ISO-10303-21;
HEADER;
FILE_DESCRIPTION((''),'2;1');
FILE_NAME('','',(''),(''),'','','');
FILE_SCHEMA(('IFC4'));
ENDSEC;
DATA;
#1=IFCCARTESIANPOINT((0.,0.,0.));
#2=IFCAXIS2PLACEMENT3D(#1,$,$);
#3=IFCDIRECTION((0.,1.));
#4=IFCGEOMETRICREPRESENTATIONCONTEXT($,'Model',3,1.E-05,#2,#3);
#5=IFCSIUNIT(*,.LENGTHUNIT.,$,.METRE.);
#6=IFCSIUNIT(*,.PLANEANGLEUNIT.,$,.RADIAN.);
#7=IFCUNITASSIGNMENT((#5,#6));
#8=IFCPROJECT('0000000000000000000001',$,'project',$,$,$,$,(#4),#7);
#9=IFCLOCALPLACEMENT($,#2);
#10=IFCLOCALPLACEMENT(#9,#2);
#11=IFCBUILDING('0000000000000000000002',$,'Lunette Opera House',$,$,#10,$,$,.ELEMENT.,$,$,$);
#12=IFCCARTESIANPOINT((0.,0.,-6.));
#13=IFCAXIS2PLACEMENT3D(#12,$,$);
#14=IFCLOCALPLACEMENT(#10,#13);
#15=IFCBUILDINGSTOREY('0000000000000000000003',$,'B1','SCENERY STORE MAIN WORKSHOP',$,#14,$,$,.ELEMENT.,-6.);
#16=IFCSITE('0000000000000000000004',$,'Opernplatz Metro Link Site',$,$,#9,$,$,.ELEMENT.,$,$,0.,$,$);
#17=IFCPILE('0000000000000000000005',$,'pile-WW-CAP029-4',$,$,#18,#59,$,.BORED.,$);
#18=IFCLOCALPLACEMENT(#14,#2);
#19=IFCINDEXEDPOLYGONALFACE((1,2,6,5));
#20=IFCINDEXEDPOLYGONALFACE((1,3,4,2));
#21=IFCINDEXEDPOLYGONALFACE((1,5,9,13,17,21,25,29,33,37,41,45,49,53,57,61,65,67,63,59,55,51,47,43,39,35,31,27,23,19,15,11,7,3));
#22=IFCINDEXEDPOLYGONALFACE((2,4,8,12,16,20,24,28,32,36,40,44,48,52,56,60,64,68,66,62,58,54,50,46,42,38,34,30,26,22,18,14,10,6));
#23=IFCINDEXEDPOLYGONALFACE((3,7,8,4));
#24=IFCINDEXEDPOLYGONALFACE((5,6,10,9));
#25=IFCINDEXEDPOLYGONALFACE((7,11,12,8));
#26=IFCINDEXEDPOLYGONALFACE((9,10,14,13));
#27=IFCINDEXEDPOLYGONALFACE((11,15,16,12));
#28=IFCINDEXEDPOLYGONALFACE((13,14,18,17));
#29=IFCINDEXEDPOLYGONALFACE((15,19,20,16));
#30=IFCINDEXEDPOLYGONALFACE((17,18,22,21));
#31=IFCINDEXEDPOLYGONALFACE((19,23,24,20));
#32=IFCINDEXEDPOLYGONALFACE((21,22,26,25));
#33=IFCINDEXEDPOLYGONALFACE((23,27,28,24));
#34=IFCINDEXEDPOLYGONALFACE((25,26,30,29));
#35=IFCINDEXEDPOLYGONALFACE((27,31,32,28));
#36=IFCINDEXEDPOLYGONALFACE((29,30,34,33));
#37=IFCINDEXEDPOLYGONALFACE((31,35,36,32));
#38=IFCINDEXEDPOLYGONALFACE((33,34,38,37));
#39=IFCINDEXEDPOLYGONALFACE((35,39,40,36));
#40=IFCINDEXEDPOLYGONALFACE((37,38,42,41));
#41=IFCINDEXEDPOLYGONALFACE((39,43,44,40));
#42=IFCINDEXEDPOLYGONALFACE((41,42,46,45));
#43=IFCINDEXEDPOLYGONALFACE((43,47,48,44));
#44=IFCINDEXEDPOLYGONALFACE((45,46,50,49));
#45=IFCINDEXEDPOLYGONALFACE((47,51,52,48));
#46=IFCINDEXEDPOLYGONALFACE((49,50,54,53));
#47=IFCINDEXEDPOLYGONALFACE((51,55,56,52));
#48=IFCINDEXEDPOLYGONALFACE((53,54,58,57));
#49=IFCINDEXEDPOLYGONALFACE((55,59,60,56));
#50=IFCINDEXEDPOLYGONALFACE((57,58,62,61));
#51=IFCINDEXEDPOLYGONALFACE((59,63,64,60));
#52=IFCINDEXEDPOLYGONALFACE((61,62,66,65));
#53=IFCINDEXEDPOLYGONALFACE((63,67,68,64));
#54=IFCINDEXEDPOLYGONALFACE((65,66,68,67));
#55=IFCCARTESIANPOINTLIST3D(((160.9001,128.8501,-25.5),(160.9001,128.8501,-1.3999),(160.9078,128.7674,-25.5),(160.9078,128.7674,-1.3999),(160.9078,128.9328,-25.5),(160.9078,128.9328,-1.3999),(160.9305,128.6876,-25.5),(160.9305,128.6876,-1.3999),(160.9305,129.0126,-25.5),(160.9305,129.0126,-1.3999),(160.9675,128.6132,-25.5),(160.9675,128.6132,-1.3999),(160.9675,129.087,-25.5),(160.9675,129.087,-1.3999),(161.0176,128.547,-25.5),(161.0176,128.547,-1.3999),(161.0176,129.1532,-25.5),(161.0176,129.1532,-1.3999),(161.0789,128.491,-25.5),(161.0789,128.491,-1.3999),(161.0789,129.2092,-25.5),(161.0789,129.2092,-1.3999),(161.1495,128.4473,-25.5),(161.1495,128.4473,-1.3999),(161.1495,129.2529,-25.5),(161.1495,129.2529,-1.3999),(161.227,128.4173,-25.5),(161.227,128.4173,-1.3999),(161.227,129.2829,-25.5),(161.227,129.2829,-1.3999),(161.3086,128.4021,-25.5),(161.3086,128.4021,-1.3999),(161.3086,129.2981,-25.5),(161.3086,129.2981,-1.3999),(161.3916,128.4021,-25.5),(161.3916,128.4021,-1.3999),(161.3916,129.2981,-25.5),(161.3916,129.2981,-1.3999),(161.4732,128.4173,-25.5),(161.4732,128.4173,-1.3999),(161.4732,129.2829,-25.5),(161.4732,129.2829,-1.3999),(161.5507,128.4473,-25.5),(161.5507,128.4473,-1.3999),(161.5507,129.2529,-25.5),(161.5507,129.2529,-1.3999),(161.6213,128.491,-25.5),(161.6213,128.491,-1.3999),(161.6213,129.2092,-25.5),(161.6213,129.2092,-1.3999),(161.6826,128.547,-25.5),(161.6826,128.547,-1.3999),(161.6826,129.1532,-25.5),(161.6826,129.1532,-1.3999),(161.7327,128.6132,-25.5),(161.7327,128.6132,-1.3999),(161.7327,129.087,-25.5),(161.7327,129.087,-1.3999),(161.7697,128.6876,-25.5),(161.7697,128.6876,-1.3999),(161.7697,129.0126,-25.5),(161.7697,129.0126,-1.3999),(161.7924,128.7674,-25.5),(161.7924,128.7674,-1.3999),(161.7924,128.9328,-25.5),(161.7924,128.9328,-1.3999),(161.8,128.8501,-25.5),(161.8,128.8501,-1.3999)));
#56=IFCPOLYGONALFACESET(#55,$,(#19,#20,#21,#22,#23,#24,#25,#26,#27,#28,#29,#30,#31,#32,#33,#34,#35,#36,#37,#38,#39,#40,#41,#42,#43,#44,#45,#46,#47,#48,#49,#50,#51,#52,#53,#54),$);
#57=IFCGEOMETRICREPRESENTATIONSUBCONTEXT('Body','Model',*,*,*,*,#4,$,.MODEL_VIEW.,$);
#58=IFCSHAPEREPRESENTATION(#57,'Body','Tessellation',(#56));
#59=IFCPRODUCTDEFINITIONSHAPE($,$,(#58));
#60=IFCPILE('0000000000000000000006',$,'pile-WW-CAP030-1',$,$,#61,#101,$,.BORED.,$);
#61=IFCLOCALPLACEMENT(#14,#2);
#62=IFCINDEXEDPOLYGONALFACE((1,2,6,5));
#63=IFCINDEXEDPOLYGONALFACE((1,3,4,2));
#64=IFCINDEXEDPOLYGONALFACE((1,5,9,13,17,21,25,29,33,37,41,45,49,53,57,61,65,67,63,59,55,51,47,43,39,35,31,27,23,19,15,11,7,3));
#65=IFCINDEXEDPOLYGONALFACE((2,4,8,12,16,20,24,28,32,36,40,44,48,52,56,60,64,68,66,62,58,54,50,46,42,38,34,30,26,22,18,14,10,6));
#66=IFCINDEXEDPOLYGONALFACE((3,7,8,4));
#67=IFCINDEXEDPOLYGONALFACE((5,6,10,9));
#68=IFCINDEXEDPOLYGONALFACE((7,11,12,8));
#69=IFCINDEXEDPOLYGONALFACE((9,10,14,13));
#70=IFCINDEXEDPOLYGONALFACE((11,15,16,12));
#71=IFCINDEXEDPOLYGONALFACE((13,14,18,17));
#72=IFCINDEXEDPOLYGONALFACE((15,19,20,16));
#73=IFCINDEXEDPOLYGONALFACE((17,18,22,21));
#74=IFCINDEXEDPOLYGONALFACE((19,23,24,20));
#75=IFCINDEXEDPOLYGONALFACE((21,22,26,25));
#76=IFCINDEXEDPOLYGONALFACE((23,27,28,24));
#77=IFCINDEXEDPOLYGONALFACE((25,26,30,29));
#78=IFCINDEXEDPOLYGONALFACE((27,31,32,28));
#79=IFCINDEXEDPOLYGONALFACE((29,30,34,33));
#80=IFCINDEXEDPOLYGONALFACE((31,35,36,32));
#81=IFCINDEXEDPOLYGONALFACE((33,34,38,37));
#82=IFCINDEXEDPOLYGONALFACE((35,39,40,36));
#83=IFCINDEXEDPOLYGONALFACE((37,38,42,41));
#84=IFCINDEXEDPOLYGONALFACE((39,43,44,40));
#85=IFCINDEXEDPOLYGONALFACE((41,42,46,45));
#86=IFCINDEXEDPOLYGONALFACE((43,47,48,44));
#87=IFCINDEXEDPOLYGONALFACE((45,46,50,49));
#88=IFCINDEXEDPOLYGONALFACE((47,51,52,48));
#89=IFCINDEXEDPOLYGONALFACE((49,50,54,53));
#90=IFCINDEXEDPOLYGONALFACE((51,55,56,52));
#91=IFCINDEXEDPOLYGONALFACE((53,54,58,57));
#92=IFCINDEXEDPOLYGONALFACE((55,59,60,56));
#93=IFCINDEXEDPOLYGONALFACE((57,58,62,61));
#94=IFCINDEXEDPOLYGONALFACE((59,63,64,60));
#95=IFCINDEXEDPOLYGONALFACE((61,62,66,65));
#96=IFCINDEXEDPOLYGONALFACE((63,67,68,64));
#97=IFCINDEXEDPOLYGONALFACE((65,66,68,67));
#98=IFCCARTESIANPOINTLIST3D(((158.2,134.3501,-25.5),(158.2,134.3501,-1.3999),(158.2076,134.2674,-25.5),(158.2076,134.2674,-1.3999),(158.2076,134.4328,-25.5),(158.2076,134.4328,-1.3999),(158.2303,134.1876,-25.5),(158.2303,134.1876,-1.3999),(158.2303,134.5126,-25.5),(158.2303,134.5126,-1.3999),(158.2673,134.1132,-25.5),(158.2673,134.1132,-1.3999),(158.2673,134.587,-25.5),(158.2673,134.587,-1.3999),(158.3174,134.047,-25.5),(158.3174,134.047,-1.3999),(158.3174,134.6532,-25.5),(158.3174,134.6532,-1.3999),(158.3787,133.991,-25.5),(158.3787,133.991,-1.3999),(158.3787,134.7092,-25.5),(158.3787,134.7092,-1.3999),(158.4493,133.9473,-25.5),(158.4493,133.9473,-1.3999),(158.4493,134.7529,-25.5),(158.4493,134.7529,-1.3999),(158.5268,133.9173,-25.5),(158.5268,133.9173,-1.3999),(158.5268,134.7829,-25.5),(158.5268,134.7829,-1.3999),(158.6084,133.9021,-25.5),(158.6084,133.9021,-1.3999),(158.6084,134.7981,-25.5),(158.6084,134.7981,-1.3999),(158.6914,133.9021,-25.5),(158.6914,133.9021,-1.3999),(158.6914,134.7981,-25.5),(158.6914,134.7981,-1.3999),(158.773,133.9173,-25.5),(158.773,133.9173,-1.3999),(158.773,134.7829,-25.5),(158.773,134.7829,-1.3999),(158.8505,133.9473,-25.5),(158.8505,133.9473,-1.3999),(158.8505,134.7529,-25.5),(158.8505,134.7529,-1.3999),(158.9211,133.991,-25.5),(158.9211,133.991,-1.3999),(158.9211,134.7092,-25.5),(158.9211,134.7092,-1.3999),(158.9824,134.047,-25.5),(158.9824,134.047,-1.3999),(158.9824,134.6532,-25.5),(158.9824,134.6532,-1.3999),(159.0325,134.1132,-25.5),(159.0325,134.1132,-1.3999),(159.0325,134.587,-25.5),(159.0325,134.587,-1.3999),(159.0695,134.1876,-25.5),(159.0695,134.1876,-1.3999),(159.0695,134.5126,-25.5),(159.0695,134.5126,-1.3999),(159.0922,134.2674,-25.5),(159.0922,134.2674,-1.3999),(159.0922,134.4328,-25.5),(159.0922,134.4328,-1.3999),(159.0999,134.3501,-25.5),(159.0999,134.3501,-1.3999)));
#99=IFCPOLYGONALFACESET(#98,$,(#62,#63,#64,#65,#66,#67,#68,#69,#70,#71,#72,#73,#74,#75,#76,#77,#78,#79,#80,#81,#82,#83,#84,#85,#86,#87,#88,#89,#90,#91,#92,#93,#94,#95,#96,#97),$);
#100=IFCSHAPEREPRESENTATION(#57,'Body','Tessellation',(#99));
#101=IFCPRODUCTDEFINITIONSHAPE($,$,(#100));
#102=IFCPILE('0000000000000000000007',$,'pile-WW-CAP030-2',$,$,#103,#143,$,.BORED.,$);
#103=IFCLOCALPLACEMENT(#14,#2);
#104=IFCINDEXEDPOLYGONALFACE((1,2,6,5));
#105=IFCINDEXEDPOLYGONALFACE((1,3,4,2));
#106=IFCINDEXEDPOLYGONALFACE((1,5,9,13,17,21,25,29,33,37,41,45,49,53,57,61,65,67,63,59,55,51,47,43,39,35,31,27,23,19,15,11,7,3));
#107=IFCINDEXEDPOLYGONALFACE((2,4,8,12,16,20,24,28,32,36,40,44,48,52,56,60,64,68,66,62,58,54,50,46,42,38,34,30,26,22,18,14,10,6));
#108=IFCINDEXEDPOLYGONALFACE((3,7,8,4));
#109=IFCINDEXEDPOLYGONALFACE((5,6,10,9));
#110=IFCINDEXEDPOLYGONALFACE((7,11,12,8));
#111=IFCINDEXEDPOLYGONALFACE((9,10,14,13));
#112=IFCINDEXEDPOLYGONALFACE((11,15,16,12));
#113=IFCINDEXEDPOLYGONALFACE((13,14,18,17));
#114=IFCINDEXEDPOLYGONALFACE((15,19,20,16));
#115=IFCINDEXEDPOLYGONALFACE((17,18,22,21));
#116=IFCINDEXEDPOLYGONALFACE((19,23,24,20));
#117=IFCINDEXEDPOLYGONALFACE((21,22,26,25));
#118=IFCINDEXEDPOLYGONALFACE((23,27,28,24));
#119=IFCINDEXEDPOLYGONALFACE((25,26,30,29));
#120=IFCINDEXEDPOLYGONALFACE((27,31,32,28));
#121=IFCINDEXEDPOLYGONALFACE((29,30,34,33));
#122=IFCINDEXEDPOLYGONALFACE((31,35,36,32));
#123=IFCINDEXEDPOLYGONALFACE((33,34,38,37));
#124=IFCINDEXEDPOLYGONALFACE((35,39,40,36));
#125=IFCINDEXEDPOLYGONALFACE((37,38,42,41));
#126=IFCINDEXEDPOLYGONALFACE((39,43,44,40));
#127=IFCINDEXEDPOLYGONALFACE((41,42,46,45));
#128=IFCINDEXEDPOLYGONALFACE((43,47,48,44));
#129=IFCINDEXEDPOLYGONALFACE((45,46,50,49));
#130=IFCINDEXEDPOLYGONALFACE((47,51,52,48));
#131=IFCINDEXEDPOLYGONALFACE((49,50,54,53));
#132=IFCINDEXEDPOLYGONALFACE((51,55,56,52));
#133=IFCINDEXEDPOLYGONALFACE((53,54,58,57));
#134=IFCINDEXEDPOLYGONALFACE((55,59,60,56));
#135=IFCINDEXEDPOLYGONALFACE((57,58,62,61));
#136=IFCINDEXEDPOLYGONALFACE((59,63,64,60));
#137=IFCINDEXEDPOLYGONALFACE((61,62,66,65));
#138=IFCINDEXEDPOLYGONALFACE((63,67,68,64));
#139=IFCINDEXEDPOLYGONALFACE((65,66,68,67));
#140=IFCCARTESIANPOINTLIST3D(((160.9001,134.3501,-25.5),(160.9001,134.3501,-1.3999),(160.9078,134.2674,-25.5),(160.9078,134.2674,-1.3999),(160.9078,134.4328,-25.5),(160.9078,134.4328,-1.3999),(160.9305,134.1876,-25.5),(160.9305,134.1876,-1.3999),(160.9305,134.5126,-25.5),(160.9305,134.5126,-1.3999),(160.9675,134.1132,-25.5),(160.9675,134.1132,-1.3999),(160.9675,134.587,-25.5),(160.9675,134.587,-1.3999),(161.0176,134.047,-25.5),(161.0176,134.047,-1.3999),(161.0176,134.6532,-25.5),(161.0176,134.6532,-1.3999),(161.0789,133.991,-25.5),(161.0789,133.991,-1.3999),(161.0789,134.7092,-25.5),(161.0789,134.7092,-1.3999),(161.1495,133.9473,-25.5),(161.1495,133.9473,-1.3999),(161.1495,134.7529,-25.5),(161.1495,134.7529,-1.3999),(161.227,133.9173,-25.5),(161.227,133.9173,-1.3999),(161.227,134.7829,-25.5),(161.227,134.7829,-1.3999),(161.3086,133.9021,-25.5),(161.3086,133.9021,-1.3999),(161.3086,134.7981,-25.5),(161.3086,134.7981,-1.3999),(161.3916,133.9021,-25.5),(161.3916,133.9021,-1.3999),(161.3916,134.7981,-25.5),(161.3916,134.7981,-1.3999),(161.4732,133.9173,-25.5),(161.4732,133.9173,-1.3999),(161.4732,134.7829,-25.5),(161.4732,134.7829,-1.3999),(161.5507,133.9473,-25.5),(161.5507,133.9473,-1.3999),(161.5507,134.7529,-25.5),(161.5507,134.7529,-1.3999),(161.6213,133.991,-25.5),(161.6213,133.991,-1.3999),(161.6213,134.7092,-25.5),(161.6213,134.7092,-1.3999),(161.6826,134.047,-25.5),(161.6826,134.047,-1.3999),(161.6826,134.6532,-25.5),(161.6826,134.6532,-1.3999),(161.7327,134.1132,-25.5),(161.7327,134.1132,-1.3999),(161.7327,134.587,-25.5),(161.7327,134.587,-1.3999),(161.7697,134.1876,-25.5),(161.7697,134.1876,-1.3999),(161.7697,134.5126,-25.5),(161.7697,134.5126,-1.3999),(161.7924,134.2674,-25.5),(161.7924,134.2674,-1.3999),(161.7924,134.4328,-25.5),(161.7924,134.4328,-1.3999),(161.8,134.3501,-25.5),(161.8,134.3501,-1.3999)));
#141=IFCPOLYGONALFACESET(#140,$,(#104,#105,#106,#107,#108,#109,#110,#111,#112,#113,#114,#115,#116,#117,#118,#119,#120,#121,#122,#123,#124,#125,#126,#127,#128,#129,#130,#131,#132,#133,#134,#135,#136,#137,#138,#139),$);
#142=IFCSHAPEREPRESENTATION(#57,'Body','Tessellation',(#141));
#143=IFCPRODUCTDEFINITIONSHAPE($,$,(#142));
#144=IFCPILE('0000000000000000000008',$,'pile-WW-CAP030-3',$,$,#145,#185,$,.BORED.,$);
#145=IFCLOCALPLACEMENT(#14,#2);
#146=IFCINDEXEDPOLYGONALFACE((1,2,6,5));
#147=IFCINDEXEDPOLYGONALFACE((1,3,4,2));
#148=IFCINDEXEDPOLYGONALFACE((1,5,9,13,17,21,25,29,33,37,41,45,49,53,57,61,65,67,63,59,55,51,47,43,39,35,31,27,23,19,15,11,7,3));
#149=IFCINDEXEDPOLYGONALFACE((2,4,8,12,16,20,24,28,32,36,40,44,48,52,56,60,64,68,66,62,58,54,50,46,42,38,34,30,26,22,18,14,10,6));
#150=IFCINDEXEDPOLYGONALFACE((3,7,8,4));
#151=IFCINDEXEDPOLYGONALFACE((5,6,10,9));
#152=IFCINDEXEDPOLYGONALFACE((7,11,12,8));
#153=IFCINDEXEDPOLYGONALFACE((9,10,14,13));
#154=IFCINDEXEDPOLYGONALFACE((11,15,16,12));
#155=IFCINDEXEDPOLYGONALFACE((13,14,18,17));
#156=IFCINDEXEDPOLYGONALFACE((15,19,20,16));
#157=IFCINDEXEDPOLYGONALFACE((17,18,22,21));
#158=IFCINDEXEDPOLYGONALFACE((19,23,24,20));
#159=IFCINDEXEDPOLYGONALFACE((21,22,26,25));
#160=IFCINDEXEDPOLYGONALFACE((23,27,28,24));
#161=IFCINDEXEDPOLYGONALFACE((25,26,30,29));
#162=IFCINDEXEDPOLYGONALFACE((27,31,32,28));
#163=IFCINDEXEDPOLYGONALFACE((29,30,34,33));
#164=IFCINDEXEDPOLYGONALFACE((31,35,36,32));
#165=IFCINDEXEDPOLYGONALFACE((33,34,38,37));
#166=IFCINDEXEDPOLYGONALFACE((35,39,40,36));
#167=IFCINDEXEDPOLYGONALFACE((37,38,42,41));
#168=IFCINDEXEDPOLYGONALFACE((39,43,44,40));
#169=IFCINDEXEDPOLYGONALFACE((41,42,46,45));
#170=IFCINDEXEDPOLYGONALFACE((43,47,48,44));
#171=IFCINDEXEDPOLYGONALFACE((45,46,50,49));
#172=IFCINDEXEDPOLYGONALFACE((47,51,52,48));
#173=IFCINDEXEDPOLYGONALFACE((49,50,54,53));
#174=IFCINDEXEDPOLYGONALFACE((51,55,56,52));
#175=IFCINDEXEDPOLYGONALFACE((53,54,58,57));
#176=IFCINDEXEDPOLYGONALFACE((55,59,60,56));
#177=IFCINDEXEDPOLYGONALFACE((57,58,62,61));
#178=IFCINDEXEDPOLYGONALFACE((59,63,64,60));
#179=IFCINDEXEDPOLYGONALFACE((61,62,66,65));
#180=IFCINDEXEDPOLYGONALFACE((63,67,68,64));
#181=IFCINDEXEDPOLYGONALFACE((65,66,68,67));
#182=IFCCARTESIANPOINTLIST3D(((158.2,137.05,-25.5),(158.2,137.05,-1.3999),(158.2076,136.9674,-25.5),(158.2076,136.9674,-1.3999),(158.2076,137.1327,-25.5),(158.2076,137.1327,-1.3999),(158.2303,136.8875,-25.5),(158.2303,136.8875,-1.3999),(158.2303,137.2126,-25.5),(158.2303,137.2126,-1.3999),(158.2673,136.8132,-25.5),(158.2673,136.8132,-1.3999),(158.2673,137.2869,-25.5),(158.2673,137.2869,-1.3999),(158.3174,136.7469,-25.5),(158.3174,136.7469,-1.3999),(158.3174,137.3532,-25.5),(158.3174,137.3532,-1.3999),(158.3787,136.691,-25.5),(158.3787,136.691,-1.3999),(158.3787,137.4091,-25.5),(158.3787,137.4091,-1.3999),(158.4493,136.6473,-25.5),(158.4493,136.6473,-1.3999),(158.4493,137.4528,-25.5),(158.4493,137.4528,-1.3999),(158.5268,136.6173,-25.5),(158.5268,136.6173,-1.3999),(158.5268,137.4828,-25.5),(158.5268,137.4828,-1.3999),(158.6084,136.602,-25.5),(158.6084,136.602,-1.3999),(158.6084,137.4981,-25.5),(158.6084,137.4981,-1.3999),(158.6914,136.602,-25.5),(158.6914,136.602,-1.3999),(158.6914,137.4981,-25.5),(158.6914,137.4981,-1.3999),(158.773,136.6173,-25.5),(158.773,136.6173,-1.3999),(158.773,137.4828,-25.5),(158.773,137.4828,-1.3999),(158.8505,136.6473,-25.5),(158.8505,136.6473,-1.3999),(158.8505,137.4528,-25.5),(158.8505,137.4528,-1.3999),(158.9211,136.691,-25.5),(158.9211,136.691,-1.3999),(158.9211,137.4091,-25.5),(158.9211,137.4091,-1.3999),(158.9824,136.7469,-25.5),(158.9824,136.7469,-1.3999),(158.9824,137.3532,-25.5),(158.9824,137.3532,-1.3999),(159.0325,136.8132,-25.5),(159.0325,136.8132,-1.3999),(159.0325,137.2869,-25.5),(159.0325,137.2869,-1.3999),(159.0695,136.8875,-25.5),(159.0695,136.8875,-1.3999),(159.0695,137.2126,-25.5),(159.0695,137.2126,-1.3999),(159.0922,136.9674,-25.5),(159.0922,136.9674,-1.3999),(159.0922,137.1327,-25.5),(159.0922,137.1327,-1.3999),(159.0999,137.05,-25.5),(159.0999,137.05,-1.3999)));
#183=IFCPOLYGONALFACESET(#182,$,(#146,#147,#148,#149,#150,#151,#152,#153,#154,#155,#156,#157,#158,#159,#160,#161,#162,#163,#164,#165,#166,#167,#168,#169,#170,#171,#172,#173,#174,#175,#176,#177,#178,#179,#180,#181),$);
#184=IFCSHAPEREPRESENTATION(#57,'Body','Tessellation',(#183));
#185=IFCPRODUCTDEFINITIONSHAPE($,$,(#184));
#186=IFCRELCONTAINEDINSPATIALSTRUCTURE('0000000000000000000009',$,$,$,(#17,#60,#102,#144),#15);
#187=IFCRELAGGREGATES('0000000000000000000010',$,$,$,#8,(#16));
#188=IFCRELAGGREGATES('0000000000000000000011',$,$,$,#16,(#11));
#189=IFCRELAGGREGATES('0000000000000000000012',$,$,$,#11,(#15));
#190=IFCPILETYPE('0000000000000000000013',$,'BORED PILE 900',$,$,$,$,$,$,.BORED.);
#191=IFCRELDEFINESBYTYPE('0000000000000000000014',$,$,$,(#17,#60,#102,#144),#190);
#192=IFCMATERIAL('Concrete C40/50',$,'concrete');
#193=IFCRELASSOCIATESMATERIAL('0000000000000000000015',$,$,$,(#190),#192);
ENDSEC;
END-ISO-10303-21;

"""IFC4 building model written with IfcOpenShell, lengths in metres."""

from ifc_helpers import new_model, si_unit, direction, frame, origin, origin_2d, place, context, subcontext, project, spatial, circle, extrude, material, material_profile, profile_set, type_object, element, save


model = new_model("IFC4")

# Units and contexts
model_context = context("Model", 3, precision=1e-05, world=origin(), true_north=direction((0.0, 1.0)))
body_context = subcontext(model_context, "Body", "Model", "MODEL_VIEW")
ifc_project = project(units=[si_unit("LENGTHUNIT", "METRE"), si_unit("PLANEANGLEUNIT", "RADIAN")], contexts=[model_context])

# Site, building, storey
site_placement = place(None, origin())
site = spatial("IfcSite", under=ifc_project, at=site_placement, Name="Opernplatz Metro Link Site", CompositionType="ELEMENT", RefElevation=0.0)
building_placement = place(site_placement, origin())
building = spatial("IfcBuilding", under=site, at=building_placement, Name="Lunette Opera House", CompositionType="ELEMENT")
storey_placement = place(building_placement, frame((0.0, 0.0, -6.0)))
storey = spatial("IfcBuildingStorey", under=building, at=storey_placement, Name="B1", Description="SCENERY STORE MAIN WORKSHOP", CompositionType="ELEMENT", Elevation=-6.0)

# Piles
ifc_material_1 = material(Name="Concrete C40/50", Category="concrete")
ifc_material_profile_1 = material_profile(ifc_material_1, circle(Radius=0.45, at=origin_2d()), Name="BORED PILE 900")
ifc_profile_set_1 = profile_set([ifc_material_profile_1], Name="Concrete C40/50")
pile_type = type_object("IfcPileType", Name="BORED PILE 900", PredefinedType="BORED", material=ifc_profile_set_1)
for number, where, z_axis, x_axis, name in (
    (1, (161.3501, 128.8501, -1.3999), (0.0, 0.0, -1.0), (1.0, 0.0, 0.0), "pile-WW-CAP029-4"),
    (2, (158.6499, 134.3501, -1.3999), (0.0, 0.0, -1.0), (1.0, 0.0, 0.0), "pile-WW-CAP030-1"),
    (3, (161.3501, 134.3501, -1.3999), (0.0, 0.0, -1.0), (1.0, 0.0, 0.0), "pile-WW-CAP030-2"),
    (4, (158.6499, 137.05, -1.3999), (0.0, 0.0, -1.0), (1.0, 0.0, 0.0), "pile-WW-CAP030-3"),
):
    element("IfcPile", number, at=place(storey_placement, frame(where, z_axis=z_axis, x_axis=x_axis)), inside=storey, type_object=pile_type, Name=name, PredefinedType="BORED", context=body_context, shape_type="SweptSolid", body=[
        extrude(circle(Radius=0.45, at=origin_2d()), origin(), (0.0, 0.0, 1.0), 24.1001),
    ])

save(model, "model.ifc")
